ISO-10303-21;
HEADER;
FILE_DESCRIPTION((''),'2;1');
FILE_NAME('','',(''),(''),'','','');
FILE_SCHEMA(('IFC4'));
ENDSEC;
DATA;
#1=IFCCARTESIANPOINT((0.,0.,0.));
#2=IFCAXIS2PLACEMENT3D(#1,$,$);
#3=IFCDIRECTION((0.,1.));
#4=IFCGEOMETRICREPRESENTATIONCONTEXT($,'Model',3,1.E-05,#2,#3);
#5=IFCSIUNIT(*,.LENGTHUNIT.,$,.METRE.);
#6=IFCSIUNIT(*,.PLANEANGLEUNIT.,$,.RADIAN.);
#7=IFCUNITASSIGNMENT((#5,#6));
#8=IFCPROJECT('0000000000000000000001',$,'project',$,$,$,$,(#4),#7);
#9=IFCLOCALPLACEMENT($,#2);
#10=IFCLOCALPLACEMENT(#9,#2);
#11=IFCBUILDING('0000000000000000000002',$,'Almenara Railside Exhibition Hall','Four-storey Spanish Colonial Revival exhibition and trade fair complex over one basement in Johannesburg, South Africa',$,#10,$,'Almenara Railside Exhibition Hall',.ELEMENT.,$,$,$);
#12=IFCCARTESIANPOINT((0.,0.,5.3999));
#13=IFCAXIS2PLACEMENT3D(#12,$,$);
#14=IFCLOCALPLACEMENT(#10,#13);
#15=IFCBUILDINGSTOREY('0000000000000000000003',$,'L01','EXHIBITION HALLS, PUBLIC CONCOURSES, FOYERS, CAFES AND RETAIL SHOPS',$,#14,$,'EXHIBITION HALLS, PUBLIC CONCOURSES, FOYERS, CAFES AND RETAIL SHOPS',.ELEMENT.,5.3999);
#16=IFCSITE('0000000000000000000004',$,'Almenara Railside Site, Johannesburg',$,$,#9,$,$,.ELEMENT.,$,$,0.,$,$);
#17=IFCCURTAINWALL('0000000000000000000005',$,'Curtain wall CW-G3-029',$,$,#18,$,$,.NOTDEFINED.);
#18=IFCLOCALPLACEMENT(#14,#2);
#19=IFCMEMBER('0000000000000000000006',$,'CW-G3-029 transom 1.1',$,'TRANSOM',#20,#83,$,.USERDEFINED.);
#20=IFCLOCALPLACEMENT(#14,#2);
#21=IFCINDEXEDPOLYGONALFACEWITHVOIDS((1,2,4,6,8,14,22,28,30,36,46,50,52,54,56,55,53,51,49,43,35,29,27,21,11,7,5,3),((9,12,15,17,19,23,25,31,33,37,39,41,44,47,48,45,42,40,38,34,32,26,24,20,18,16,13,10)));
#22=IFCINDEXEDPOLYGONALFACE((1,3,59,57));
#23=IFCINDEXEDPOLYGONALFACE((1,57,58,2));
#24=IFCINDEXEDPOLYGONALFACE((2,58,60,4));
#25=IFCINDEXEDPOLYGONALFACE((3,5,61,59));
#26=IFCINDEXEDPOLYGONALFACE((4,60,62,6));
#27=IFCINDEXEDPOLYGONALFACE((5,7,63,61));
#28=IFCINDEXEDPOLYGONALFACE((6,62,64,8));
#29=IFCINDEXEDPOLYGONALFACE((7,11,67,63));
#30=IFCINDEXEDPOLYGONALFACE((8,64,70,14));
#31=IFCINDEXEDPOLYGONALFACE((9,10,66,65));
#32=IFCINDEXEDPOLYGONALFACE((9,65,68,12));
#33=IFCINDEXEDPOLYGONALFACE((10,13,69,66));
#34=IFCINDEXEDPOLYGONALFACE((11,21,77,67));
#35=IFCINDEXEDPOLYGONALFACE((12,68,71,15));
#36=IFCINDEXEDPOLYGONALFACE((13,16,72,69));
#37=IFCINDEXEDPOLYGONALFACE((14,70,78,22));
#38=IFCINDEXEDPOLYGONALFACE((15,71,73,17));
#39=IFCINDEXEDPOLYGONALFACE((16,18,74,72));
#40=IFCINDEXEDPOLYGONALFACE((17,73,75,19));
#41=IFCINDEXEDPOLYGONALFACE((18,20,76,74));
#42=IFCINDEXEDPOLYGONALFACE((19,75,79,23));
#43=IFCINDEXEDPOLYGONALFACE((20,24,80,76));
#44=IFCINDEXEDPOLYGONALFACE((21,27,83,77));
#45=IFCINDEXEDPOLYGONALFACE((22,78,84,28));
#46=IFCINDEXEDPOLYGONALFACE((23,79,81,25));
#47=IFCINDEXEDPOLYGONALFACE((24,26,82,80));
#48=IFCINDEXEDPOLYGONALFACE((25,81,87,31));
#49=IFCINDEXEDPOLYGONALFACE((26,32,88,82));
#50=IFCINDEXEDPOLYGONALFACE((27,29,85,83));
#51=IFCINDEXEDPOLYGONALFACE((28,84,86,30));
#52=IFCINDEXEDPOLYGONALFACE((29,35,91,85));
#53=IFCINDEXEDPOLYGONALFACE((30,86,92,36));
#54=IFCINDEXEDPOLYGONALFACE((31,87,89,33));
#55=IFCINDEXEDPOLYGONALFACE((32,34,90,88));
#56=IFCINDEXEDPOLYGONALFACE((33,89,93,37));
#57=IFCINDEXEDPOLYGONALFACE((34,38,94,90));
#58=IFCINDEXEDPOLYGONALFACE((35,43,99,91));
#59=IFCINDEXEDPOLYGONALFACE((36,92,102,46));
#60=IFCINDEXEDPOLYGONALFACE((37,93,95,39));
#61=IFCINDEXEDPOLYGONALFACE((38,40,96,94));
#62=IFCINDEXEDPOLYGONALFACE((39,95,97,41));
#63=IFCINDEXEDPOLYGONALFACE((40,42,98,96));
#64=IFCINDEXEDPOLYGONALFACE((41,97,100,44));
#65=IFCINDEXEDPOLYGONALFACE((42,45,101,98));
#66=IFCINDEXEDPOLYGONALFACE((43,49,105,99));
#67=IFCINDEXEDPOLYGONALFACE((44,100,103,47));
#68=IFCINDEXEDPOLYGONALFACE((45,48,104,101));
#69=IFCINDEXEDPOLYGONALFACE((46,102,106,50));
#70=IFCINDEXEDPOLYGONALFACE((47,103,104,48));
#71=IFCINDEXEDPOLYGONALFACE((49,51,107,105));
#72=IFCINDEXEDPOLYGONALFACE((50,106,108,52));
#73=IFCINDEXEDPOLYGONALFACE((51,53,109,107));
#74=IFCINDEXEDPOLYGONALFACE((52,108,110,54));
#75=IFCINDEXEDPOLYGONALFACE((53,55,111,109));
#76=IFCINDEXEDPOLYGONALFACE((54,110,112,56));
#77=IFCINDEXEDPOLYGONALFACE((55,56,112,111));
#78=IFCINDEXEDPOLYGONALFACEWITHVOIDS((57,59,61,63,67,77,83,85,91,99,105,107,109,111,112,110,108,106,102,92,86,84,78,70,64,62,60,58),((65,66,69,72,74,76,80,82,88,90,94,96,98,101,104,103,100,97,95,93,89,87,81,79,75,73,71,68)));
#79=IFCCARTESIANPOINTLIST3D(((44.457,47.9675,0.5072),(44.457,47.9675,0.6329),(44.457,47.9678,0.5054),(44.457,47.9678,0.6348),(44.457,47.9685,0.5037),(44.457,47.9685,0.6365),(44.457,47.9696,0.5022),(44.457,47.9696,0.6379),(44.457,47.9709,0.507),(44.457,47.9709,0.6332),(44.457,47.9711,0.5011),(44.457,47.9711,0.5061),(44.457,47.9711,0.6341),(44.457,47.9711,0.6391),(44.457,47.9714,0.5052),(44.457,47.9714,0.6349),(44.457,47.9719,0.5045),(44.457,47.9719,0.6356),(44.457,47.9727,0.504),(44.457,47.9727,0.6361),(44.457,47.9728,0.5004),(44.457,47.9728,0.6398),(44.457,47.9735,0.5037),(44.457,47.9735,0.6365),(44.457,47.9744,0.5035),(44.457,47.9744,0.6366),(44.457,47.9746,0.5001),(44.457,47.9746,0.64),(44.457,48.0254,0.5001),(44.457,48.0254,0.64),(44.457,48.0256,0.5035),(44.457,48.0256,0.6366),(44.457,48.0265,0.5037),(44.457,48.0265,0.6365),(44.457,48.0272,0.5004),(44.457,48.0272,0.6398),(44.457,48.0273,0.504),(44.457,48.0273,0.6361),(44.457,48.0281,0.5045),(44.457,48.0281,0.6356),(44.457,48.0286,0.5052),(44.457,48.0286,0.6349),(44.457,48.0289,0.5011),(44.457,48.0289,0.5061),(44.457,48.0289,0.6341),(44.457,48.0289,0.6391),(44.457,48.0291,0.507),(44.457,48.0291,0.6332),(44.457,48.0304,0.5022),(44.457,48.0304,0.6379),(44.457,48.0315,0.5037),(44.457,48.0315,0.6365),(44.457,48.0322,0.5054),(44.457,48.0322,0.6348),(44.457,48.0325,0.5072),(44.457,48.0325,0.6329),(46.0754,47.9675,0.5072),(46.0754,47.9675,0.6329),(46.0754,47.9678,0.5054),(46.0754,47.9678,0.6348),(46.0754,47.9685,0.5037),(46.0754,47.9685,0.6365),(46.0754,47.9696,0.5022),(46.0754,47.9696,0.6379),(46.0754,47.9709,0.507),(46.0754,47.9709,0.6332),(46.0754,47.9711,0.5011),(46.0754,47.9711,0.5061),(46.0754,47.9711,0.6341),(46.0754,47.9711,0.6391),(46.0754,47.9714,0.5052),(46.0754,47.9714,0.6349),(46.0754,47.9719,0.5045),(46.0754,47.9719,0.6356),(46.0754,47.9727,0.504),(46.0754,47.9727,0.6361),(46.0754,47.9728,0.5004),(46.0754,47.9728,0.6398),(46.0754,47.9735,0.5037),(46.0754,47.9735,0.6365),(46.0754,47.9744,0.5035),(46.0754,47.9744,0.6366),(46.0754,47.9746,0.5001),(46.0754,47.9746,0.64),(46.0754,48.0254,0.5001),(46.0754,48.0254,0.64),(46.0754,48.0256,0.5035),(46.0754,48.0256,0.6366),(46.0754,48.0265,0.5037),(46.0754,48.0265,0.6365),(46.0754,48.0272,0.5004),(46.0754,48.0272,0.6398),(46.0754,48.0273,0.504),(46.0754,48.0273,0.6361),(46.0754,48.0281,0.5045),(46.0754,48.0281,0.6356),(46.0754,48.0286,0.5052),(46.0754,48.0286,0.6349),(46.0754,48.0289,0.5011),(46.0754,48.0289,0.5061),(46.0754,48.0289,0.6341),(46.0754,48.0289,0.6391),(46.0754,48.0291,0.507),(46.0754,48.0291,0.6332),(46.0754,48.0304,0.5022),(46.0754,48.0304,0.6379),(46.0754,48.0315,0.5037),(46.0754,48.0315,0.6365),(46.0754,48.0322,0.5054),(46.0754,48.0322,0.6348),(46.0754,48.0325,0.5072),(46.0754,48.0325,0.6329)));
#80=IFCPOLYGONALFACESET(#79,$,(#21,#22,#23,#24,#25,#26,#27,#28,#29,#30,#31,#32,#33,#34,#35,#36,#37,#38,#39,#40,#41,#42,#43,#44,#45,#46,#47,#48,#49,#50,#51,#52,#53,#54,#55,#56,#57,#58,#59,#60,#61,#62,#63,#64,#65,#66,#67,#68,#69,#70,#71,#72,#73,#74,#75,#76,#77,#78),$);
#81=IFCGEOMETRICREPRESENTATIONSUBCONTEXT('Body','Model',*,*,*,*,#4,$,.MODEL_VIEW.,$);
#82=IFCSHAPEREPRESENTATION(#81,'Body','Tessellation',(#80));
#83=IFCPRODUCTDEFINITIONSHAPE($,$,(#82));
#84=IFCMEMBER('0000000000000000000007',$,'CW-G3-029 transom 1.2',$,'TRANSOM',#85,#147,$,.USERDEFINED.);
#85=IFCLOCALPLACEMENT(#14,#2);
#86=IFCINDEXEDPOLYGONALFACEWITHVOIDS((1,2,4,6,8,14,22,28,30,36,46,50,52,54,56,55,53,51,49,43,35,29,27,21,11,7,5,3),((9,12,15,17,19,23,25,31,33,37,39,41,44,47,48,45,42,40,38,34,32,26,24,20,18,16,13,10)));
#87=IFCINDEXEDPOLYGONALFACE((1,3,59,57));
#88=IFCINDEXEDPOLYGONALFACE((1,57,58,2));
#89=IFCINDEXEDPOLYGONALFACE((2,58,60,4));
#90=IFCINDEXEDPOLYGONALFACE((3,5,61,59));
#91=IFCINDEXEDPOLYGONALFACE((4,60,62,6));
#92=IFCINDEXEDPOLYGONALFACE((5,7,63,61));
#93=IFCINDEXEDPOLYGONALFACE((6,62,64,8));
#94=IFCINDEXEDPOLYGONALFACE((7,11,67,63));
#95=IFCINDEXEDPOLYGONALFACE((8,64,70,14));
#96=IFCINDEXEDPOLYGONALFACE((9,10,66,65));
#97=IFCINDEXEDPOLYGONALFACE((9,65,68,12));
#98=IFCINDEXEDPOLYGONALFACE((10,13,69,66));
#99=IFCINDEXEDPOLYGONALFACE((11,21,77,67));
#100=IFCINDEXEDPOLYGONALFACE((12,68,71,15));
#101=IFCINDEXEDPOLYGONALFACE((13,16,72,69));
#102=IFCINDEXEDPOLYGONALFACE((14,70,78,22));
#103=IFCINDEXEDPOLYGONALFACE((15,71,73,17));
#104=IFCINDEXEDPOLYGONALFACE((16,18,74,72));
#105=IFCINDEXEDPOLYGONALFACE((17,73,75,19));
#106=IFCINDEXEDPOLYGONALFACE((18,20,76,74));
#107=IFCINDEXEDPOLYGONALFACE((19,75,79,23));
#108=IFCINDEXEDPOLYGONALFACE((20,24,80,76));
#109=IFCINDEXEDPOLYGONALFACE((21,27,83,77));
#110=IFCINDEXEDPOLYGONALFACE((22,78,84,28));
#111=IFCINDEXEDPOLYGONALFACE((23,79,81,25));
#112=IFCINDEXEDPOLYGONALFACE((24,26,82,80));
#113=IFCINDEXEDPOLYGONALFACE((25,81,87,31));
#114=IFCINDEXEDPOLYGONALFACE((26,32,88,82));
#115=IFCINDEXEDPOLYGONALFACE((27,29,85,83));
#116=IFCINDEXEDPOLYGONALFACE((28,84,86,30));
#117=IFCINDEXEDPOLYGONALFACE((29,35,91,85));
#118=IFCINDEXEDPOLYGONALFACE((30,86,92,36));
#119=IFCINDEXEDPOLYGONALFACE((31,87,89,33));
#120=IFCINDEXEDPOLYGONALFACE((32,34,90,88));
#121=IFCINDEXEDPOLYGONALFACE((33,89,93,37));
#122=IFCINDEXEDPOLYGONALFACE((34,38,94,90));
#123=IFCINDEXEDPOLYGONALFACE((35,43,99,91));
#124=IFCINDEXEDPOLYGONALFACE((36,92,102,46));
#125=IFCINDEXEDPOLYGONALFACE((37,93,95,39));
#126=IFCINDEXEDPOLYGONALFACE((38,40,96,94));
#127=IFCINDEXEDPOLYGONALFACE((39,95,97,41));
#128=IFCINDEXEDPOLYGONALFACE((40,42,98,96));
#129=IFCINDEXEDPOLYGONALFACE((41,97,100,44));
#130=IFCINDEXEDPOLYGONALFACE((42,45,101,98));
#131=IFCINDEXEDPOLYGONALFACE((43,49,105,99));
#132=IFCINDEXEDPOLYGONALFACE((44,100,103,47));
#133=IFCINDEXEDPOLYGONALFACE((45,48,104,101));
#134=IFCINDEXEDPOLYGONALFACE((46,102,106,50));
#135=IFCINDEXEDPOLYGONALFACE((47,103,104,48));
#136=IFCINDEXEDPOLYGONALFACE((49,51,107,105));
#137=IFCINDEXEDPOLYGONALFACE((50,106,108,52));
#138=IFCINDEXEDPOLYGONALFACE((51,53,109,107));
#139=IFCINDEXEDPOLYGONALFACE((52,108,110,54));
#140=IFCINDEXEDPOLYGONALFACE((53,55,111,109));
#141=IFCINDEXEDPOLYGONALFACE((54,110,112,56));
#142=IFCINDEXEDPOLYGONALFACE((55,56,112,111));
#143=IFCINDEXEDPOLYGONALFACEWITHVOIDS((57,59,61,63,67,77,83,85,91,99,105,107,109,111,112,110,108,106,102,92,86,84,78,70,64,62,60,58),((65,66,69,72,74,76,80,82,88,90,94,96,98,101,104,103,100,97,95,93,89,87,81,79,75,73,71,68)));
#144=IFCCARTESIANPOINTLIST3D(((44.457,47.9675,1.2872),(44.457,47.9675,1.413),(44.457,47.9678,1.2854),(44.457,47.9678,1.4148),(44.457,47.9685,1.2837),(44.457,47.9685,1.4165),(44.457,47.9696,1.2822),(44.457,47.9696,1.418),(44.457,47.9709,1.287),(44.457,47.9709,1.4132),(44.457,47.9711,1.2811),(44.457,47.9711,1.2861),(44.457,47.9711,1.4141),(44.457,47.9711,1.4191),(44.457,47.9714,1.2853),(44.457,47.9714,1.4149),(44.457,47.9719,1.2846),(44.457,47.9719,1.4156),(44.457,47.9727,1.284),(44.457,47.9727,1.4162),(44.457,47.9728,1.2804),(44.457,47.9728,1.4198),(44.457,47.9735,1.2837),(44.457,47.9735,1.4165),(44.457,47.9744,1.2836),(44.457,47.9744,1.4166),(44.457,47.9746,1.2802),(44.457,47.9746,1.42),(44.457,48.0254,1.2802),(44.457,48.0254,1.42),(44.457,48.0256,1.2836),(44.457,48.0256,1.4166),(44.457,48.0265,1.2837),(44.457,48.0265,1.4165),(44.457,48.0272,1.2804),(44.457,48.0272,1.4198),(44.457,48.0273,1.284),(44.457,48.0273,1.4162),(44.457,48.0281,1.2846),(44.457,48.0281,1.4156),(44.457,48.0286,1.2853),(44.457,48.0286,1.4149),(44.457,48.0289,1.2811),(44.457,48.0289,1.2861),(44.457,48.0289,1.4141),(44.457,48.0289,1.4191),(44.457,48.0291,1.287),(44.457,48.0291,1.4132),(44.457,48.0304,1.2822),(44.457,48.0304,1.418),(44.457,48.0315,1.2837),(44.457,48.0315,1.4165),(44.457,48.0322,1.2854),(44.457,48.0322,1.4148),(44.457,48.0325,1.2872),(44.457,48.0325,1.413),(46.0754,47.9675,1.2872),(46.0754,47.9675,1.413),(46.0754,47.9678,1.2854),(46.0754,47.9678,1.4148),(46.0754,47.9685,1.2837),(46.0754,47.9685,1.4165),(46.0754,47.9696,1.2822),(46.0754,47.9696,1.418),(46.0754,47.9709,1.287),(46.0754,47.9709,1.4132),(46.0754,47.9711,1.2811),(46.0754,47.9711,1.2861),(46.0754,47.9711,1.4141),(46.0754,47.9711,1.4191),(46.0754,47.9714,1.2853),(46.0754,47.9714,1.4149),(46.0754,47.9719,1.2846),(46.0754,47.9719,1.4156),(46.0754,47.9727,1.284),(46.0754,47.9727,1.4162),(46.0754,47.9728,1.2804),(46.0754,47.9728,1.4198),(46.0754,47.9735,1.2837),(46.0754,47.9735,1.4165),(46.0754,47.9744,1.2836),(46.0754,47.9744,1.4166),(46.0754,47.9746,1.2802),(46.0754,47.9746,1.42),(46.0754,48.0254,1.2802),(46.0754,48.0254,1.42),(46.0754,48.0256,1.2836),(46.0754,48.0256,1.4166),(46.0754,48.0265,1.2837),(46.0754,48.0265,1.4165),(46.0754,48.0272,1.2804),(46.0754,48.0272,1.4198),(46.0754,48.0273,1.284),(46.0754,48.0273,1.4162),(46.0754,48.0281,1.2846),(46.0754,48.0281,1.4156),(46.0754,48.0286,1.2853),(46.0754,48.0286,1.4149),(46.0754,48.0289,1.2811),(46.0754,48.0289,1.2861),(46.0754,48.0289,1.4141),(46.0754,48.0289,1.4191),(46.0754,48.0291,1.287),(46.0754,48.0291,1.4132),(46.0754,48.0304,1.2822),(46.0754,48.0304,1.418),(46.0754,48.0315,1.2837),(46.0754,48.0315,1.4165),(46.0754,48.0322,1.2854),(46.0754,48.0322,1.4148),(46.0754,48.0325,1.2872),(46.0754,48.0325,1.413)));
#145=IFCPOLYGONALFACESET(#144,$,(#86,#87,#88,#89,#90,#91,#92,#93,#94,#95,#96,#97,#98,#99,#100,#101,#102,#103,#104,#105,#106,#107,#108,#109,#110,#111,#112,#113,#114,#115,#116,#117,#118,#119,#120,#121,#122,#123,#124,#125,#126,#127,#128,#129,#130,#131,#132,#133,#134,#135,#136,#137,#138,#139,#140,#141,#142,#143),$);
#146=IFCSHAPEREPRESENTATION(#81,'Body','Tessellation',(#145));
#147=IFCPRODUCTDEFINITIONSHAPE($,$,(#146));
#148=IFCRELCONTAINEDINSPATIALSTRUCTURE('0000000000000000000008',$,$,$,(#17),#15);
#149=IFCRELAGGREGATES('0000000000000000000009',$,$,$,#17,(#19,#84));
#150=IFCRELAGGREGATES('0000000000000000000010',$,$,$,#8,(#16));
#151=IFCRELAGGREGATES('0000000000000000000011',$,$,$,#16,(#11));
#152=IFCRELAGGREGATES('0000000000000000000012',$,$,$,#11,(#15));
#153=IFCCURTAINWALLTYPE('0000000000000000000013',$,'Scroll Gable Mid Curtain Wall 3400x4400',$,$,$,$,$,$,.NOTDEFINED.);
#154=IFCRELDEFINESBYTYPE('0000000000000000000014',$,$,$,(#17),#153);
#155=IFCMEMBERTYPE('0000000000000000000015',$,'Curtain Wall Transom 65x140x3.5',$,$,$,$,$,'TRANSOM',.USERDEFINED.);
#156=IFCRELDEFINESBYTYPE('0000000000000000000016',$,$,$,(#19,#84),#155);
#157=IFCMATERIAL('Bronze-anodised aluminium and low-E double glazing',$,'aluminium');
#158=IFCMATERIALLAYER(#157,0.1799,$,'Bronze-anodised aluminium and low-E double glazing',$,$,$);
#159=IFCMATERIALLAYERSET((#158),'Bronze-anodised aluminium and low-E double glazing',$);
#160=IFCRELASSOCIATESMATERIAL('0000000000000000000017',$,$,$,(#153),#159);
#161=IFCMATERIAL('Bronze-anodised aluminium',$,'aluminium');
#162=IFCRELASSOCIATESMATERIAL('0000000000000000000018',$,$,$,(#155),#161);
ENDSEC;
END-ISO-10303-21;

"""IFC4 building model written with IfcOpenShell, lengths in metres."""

from ifc_helpers import new_model, si_unit, direction, frame, origin, origin_2d, place, context, subcontext, project, spatial, hollow_rectangle, extrude, material, layer, layer_set, material_profile, profile_set, type_object, element, aggregate, save


model = new_model("IFC4")

# Units and contexts
model_context = context("Model", 3, precision=1e-05, world=origin(), true_north=direction((0.0, 1.0)))
body_context = subcontext(model_context, "Body", "Model", "MODEL_VIEW")
ifc_project = project(units=[si_unit("LENGTHUNIT", "METRE"), si_unit("PLANEANGLEUNIT", "RADIAN")], contexts=[model_context])

# Site, building, storey
site_placement = place(None, origin())
site = spatial("IfcSite", under=ifc_project, at=site_placement, Name="Almenara Railside Site, Johannesburg", CompositionType="ELEMENT", RefElevation=0.0)
building_placement = place(site_placement, origin())
building = spatial("IfcBuilding", under=site, at=building_placement, Name="Almenara Railside Exhibition Hall", Description="Four-storey Spanish Colonial Revival exhibition and trade fair complex over one basement in Johannesburg, South Africa", LongName="Almenara Railside Exhibition Hall", CompositionType="ELEMENT")
storey_placement = place(building_placement, frame((0.0, 0.0, 5.3999)))
storey = spatial("IfcBuildingStorey", under=building, at=storey_placement, Name="L01", Description="EXHIBITION HALLS, PUBLIC CONCOURSES, FOYERS, CAFES AND RETAIL SHOPS", LongName="EXHIBITION HALLS, PUBLIC CONCOURSES, FOYERS, CAFES AND RETAIL SHOPS", CompositionType="ELEMENT", Elevation=5.3999)

# Curtain wall
ifc_material_1 = material(Name="Bronze-anodised aluminium and low-E double glazing", Category="aluminium")
ifc_layer_1 = layer(ifc_material_1, 0.1799, Name="Bronze-anodised aluminium and low-E double glazing")
ifc_layer_set_1 = layer_set([ifc_layer_1], Name="Bronze-anodised aluminium and low-E double glazing")
curtain_wall_type = type_object("IfcCurtainWallType", Name="Scroll Gable Mid Curtain Wall 3400x4400", PredefinedType="NOTDEFINED", material=ifc_layer_set_1)
curtain_wall_1_placement = place(storey_placement, origin())
curtain_wall_1 = element("IfcCurtainWall", 1, at=curtain_wall_1_placement, inside=storey, type_object=curtain_wall_type, Name="Curtain wall CW-G3-029", PredefinedType="NOTDEFINED")
ifc_material_2 = material(Name="Bronze-anodised aluminium", Category="aluminium")

# Members
ifc_material_profile_1 = material_profile(ifc_material_2, hollow_rectangle(XDim=0.0649, YDim=0.1399, WallThickness=0.0034, InnerFilletRadius=0.0034, OuterFilletRadius=0.0071, at=origin_2d()), Name="ALU-TRN 65x140x3.5")
ifc_profile_set_1 = profile_set([ifc_material_profile_1], Name="Bronze-anodised aluminium")
member_type_1 = type_object("IfcMemberType", Name="Curtain Wall Transom 65x140x3.5", ElementType="TRANSOM", PredefinedType="USERDEFINED", material=ifc_profile_set_1)
member_1_placement = place(storey_placement, frame((44.457, 48.0, 0.5701), z_axis=(1.0, 0.0, 0.0), x_axis=(0.0, 1.0, 0.0)))
member_1 = element("IfcMember", 2, at=member_1_placement, type_object=member_type_1, Name="CW-G3-029 transom 1.1", ObjectType="TRANSOM", PredefinedType="USERDEFINED", context=body_context, shape_type="SweptSolid", body=[
    extrude(hollow_rectangle(XDim=0.0649, YDim=0.1399, WallThickness=0.0034, InnerFilletRadius=0.0034, OuterFilletRadius=0.0071, at=origin_2d()), origin(), (0.0, 0.0, 1.0), 1.6184),
])
member_2_placement = place(storey_placement, frame((44.457, 48.0, 1.3501), z_axis=(1.0, 0.0, 0.0), x_axis=(0.0, 1.0, 0.0)))
member_2 = element("IfcMember", 3, at=member_2_placement, type_object=member_type_1, Name="CW-G3-029 transom 1.2", ObjectType="TRANSOM", PredefinedType="USERDEFINED", context=body_context, shape_type="SweptSolid", body=[
    extrude(hollow_rectangle(XDim=0.0649, YDim=0.1399, WallThickness=0.0034, InnerFilletRadius=0.0034, OuterFilletRadius=0.0071, at=origin_2d()), origin(), (0.0, 0.0, 1.0), 1.6184),
])

aggregate(curtain_wall_1, [member_1, member_2])

save(model, "model.ifc")
